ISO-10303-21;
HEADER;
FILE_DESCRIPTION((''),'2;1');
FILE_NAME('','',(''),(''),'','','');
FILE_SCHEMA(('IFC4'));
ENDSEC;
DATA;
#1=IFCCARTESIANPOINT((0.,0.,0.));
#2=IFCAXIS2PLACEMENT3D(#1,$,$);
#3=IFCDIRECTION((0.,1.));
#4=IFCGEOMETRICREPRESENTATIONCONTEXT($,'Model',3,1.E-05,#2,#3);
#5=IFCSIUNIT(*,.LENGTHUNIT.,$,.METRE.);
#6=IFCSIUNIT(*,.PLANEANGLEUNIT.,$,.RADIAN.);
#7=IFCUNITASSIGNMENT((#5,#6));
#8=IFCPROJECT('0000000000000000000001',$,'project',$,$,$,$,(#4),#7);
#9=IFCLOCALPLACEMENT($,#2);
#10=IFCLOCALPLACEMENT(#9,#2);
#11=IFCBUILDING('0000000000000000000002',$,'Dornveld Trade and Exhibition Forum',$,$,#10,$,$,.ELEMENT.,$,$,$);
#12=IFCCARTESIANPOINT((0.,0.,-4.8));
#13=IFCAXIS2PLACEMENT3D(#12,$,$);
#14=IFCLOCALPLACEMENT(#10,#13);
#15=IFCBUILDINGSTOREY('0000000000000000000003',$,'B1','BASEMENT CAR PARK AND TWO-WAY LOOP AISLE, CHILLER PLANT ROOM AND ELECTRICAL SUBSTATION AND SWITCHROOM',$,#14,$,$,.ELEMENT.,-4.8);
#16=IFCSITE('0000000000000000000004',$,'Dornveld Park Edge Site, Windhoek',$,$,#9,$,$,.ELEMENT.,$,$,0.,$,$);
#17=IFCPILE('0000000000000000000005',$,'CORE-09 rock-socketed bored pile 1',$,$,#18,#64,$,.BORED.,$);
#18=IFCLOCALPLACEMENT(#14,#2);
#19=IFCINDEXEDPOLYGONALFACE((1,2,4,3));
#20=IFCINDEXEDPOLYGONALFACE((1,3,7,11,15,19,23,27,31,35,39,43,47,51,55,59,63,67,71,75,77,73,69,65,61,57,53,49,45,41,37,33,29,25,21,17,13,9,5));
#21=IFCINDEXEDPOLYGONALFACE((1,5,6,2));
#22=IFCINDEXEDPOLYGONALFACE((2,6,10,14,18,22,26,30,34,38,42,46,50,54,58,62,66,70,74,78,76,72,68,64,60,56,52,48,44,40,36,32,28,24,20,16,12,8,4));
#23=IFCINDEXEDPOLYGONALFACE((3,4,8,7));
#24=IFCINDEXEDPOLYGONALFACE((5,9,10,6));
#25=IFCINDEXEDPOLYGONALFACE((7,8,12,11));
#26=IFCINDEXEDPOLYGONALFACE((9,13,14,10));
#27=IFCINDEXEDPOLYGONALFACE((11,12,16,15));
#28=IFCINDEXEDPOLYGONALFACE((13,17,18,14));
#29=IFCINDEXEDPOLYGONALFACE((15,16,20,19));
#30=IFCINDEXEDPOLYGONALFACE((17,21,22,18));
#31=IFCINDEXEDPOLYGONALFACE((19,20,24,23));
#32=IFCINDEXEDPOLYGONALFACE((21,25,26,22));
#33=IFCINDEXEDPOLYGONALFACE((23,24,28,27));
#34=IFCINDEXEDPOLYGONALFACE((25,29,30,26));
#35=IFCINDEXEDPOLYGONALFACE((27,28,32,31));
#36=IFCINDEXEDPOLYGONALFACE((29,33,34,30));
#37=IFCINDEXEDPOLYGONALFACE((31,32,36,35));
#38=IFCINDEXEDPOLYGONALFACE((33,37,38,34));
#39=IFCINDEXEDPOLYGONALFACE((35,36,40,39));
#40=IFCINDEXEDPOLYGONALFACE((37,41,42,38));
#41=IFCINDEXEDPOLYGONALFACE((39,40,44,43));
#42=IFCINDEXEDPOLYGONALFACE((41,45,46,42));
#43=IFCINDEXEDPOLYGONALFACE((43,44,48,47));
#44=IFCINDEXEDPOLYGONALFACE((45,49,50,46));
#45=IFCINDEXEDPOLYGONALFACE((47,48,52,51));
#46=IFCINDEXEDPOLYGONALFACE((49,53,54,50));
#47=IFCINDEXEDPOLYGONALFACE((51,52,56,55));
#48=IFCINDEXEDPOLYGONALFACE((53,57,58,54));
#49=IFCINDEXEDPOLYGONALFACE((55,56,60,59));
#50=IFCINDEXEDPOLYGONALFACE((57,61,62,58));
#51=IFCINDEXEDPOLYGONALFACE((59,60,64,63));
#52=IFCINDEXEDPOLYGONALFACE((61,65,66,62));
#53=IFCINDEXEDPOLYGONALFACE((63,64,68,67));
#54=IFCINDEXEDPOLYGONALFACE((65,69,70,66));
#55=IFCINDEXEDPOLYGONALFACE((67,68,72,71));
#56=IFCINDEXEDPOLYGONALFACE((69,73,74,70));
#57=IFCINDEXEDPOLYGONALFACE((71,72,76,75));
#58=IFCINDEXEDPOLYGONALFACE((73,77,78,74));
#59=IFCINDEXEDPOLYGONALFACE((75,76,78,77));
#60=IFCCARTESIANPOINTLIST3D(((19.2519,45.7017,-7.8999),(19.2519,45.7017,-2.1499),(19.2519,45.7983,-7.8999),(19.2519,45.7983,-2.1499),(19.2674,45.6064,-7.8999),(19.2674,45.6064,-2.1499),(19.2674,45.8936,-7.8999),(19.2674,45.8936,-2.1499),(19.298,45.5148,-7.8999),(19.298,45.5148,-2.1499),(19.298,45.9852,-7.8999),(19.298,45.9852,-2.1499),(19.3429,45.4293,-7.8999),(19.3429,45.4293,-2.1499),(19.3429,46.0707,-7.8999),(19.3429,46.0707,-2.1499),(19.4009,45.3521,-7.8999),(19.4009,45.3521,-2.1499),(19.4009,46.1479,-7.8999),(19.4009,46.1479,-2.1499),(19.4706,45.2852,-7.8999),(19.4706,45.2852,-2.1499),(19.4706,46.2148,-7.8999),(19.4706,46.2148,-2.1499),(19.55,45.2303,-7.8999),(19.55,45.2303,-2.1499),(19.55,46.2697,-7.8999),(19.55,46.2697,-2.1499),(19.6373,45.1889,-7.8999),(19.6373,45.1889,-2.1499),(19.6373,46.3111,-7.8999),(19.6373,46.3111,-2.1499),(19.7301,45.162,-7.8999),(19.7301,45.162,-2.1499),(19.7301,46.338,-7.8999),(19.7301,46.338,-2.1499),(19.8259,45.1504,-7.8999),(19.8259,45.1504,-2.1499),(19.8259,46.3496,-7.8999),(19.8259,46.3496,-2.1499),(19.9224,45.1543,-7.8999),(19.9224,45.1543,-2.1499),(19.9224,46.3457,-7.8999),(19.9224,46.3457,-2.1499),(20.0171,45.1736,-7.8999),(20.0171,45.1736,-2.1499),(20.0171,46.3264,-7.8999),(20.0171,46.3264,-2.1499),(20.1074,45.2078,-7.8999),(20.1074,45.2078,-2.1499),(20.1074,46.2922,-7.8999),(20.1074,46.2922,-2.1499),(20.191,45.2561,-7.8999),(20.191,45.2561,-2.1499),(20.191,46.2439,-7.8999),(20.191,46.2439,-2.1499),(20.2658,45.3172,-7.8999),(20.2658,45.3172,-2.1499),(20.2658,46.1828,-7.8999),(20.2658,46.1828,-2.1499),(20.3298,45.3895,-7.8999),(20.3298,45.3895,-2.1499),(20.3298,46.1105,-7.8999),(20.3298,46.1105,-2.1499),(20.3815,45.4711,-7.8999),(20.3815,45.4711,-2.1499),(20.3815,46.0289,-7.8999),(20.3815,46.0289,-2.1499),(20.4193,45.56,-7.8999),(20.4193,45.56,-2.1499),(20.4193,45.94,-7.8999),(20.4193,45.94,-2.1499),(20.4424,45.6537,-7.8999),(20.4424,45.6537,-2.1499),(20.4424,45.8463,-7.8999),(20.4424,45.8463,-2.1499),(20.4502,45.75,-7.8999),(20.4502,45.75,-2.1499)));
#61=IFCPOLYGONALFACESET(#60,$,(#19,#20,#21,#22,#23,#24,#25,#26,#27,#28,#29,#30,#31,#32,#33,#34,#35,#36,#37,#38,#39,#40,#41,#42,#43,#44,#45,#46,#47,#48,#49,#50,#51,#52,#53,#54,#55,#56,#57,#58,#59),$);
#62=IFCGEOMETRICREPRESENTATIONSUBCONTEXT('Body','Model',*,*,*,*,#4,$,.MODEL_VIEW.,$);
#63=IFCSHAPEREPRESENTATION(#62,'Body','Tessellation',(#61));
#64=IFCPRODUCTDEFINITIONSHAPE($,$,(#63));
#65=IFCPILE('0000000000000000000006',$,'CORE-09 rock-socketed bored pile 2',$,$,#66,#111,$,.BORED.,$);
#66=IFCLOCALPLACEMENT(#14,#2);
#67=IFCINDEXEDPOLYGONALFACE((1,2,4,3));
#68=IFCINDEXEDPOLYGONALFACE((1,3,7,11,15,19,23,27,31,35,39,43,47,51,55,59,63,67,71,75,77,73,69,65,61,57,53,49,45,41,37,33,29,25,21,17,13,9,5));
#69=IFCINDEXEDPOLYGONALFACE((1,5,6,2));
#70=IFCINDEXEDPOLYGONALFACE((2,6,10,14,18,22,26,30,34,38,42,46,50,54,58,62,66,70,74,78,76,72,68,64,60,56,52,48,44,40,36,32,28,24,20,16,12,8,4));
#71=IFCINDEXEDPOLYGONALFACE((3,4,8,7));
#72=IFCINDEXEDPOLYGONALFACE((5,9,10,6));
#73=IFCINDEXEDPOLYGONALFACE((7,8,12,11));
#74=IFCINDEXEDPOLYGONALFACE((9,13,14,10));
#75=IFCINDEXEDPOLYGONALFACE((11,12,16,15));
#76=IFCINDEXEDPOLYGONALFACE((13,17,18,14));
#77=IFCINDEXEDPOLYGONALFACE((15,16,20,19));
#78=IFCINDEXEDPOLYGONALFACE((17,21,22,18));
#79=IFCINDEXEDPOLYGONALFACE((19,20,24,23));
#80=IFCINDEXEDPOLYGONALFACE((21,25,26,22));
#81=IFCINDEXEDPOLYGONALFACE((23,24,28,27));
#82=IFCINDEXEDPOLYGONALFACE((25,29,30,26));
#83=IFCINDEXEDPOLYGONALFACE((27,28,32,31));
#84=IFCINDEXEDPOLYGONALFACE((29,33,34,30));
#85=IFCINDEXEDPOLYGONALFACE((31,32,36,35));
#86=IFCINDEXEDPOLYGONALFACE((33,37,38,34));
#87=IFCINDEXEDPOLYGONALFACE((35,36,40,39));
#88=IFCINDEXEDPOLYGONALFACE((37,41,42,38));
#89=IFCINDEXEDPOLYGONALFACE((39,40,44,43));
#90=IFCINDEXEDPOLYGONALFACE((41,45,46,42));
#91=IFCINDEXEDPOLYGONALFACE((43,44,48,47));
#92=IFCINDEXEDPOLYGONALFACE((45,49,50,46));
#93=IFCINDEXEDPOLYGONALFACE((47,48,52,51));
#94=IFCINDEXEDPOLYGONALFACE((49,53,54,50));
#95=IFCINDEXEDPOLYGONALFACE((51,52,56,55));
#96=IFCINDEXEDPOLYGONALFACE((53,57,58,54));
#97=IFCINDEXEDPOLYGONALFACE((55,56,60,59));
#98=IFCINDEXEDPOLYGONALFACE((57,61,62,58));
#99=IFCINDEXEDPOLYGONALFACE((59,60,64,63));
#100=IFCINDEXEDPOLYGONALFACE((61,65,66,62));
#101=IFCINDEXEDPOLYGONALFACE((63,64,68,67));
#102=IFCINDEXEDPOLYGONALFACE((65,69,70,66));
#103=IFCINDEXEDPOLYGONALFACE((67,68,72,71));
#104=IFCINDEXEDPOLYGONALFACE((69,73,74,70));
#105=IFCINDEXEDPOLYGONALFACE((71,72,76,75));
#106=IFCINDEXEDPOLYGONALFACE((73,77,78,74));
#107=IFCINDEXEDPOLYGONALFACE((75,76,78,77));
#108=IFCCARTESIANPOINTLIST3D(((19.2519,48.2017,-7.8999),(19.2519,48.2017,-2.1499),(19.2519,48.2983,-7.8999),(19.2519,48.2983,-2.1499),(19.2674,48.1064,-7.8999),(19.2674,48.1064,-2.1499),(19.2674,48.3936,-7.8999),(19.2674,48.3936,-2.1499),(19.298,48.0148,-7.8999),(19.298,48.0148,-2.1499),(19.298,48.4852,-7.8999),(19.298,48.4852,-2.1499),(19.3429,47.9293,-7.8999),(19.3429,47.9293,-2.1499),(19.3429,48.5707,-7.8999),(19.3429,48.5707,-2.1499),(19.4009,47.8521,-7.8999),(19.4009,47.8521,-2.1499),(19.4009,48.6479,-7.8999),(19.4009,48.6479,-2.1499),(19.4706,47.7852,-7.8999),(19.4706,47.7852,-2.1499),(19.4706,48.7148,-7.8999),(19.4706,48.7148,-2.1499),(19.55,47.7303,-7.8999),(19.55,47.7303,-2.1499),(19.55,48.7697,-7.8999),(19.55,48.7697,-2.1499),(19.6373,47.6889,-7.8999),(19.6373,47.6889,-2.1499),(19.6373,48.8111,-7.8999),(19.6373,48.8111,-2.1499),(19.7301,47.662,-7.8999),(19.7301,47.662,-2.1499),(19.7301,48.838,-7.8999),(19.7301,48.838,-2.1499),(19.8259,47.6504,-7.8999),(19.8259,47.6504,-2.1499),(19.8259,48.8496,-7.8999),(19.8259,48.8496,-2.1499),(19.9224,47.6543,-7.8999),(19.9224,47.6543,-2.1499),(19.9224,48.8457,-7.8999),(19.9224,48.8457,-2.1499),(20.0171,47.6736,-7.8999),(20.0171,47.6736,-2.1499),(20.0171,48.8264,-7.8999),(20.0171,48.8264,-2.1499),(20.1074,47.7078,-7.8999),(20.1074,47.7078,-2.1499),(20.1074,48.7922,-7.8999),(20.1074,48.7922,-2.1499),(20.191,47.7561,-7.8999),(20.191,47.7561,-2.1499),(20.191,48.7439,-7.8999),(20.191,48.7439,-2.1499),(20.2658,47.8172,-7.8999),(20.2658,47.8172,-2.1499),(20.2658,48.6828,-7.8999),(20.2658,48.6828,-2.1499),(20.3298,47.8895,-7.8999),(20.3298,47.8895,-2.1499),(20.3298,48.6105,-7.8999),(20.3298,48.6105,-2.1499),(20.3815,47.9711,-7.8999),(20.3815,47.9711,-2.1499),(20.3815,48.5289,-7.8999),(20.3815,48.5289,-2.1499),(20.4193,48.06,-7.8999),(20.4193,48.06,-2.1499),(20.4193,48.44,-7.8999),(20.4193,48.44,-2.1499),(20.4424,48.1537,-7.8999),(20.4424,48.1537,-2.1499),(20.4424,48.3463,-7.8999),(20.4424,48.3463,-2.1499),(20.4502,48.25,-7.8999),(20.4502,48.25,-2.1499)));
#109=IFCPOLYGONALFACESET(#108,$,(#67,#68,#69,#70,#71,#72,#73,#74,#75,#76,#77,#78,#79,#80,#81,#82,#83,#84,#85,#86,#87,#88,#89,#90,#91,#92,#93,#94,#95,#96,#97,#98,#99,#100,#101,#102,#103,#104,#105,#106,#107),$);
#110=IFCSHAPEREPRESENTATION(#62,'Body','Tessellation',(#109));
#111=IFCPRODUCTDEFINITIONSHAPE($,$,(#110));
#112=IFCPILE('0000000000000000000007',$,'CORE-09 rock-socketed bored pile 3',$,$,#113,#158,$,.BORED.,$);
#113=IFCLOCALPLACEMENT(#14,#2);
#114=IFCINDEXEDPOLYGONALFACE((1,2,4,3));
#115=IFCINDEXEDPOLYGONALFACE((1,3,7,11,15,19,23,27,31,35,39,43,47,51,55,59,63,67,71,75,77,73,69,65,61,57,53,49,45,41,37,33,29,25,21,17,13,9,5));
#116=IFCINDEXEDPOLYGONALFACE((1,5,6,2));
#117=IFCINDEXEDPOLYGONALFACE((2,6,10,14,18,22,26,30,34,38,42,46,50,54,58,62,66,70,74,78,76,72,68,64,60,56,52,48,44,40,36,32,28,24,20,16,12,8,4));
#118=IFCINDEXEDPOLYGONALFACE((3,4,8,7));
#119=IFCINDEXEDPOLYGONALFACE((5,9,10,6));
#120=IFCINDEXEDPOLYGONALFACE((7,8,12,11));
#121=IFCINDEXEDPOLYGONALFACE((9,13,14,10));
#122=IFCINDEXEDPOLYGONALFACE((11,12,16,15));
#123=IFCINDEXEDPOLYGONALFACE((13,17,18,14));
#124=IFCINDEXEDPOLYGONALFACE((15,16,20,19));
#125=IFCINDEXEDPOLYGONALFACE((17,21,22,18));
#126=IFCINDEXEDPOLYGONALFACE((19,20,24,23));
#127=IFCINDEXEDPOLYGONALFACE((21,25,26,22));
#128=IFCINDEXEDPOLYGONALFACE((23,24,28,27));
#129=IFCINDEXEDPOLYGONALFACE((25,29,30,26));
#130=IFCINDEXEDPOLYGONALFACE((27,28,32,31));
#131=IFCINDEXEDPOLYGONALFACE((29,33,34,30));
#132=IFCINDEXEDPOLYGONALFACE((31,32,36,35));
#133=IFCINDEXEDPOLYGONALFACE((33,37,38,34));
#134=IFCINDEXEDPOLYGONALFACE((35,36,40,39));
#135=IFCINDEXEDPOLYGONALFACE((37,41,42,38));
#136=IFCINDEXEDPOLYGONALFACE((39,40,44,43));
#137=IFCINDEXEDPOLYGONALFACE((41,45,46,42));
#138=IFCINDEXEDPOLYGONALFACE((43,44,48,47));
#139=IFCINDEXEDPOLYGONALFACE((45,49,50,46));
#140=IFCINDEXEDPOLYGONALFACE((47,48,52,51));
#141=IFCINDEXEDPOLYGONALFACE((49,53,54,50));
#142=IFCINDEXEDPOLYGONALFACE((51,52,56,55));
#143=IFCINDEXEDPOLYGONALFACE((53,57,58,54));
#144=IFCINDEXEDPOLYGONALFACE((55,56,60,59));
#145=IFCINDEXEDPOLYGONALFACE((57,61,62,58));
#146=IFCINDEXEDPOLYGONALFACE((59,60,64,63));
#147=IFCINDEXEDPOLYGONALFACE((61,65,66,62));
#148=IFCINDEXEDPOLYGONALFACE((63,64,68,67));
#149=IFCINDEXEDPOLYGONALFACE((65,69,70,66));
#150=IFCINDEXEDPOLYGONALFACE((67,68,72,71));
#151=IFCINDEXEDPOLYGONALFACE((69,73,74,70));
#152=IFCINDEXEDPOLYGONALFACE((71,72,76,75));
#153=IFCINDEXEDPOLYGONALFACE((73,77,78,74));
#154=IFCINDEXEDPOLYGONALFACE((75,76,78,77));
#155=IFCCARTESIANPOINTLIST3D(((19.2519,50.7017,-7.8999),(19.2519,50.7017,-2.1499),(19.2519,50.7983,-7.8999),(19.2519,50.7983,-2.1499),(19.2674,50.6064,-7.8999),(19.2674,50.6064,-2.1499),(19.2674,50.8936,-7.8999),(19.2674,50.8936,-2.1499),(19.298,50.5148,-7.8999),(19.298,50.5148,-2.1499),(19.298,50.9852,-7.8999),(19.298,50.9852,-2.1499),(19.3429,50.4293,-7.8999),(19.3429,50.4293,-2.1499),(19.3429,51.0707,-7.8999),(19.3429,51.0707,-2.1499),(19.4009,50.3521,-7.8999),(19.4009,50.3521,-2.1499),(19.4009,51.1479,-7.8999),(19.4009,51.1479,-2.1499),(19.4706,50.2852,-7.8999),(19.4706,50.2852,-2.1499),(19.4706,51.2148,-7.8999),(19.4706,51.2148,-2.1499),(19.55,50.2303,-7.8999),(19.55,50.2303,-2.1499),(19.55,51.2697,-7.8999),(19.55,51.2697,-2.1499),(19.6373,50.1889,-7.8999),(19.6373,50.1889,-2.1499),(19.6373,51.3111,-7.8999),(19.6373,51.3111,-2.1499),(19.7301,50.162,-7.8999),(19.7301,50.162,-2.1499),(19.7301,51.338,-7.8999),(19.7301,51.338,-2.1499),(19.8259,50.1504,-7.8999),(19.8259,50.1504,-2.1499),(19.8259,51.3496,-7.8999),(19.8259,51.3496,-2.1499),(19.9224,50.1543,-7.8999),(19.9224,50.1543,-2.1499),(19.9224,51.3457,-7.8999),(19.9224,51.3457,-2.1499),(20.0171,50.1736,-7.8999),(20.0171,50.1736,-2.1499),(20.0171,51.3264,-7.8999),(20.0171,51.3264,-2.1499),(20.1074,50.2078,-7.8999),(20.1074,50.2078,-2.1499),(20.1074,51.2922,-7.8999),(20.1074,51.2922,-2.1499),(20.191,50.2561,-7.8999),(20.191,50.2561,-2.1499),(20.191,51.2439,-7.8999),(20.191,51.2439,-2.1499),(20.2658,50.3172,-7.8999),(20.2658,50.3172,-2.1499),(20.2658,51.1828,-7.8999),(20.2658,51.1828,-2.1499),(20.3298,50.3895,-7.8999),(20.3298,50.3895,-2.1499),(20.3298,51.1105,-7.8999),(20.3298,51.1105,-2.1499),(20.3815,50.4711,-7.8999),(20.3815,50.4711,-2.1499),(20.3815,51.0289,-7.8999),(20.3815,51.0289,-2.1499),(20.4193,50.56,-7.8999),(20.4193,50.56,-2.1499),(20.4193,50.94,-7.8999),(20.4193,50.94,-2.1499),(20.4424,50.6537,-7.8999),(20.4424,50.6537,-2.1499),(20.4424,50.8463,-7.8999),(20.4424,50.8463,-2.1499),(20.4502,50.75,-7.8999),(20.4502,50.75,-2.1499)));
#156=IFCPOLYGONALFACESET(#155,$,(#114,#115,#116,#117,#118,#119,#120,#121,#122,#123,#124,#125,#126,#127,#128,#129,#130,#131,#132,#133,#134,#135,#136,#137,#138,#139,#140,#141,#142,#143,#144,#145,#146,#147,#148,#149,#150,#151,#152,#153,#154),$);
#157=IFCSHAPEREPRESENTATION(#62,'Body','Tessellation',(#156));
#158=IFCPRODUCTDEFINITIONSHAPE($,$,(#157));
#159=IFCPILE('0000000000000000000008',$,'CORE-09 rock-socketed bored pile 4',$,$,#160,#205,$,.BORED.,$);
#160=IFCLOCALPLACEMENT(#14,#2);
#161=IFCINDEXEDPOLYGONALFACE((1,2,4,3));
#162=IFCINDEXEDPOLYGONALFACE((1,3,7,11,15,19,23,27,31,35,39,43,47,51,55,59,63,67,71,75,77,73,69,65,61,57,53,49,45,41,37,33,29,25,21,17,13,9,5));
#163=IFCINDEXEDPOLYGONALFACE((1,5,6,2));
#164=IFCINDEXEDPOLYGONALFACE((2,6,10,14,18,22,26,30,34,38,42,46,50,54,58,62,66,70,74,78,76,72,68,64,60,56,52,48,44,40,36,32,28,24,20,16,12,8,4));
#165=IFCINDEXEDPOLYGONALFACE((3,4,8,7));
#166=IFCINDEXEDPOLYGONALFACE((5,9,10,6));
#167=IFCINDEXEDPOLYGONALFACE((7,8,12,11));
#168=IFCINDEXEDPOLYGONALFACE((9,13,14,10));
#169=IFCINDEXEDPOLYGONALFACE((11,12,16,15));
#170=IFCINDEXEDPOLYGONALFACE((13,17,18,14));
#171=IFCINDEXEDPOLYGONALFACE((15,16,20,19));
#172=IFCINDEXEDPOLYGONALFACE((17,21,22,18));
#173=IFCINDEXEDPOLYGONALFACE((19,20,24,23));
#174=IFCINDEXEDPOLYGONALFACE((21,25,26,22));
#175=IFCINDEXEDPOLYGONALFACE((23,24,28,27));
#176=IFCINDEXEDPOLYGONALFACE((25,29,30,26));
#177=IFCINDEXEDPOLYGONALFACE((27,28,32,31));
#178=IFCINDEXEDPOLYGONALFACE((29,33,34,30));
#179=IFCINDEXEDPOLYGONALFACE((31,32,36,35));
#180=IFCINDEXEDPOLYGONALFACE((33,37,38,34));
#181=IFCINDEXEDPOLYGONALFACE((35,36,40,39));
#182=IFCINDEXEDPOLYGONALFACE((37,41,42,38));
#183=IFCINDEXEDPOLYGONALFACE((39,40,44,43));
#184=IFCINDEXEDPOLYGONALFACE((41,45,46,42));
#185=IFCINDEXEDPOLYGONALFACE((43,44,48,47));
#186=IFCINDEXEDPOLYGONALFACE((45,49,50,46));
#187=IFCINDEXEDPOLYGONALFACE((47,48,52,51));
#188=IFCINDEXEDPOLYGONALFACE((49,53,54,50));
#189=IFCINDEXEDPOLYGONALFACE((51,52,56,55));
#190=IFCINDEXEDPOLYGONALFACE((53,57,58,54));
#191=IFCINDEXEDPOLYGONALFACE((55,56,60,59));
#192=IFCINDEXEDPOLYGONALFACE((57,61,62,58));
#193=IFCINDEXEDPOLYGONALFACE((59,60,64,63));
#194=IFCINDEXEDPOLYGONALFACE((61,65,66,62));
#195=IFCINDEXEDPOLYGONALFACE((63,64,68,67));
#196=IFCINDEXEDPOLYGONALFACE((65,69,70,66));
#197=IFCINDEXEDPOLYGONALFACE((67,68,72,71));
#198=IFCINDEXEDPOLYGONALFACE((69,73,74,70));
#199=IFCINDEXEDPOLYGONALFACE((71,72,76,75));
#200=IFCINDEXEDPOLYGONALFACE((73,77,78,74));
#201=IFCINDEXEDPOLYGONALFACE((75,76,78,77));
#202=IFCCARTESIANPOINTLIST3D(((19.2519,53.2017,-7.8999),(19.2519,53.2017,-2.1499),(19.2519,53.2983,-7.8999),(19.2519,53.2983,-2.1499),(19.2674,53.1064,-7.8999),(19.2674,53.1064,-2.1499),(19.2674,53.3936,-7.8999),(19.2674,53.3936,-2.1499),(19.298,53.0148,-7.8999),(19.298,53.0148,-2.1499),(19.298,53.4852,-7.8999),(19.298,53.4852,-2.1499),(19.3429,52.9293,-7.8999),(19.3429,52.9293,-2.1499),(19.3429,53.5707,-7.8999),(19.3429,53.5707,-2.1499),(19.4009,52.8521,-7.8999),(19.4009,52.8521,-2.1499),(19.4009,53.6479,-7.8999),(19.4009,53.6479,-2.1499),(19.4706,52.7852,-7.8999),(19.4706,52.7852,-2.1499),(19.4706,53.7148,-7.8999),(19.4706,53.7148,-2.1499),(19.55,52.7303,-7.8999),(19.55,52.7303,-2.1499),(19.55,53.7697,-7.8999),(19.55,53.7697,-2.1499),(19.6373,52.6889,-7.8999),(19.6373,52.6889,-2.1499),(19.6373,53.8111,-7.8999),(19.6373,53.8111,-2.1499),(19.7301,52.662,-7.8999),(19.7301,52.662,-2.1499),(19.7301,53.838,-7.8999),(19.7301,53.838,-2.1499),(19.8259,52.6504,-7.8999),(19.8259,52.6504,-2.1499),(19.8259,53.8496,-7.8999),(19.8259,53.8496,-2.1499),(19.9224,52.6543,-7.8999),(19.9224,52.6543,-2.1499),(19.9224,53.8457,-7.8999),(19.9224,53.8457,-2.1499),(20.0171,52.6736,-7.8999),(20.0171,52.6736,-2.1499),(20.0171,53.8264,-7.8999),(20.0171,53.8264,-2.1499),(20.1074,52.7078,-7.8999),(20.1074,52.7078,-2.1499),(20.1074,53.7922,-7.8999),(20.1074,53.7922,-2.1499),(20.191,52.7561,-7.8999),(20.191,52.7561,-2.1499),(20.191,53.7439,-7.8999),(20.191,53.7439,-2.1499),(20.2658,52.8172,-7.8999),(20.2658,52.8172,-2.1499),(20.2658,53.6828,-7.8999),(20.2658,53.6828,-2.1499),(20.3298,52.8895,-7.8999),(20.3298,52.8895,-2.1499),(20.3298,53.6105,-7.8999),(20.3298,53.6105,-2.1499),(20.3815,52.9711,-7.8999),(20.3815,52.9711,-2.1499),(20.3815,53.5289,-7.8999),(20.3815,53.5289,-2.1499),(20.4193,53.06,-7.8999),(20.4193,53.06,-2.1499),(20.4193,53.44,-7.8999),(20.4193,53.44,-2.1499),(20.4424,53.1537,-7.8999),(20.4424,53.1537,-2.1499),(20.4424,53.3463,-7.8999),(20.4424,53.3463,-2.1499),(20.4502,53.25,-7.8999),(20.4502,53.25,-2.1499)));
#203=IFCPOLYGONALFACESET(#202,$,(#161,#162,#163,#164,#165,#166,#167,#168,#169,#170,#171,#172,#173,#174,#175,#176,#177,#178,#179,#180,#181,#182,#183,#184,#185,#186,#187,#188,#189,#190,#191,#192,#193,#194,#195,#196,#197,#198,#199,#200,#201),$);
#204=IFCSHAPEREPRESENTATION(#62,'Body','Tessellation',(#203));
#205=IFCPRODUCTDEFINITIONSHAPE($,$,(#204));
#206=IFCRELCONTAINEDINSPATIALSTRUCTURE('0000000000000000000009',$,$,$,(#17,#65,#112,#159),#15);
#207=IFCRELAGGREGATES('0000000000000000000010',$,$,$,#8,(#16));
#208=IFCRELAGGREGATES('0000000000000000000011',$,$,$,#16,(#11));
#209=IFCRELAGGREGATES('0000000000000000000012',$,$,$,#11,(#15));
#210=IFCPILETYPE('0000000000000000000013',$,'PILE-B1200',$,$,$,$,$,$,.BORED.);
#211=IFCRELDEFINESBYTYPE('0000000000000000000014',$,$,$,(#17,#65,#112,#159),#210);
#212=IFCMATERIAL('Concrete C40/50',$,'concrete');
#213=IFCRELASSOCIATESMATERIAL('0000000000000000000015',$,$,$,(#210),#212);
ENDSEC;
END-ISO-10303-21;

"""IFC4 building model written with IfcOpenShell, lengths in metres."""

from ifc_helpers import new_model, si_unit, direction, frame, origin, origin_2d, place, context, subcontext, project, spatial, circle, extrude, material, material_profile, profile_set, type_object, element, save


model = new_model("IFC4")

# Units and contexts
model_context = context("Model", 3, precision=1e-05, world=origin(), true_north=direction((0.0, 1.0)))
body_context = subcontext(model_context, "Body", "Model", "MODEL_VIEW")
ifc_project = project(units=[si_unit("LENGTHUNIT", "METRE"), si_unit("PLANEANGLEUNIT", "RADIAN")], contexts=[model_context])

# Site, building, storey
site_placement = place(None, origin())
site = spatial("IfcSite", under=ifc_project, at=site_placement, Name="Dornveld Park Edge Site, Windhoek", CompositionType="ELEMENT", RefElevation=0.0)
building_placement = place(site_placement, origin())
building = spatial("IfcBuilding", under=site, at=building_placement, Name="Dornveld Trade and Exhibition Forum", CompositionType="ELEMENT")
storey_placement = place(building_placement, frame((0.0, 0.0, -4.8)))
storey = spatial("IfcBuildingStorey", under=building, at=storey_placement, Name="B1", Description="BASEMENT CAR PARK AND TWO-WAY LOOP AISLE, CHILLER PLANT ROOM AND ELECTRICAL SUBSTATION AND SWITCHROOM", CompositionType="ELEMENT", Elevation=-4.8)

# Piles
ifc_material_1 = material(Name="Concrete C40/50", Category="concrete")
ifc_material_profile_1 = material_profile(ifc_material_1, circle(Radius=0.6001, at=origin_2d()), Name="PILE D1200")
ifc_profile_set_1 = profile_set([ifc_material_profile_1], Name="Concrete C40/50")
pile_type_1 = type_object("IfcPileType", Name="PILE-B1200", PredefinedType="BORED", material=ifc_profile_set_1)
for number, where, z_axis, x_axis, name in (
    (1, (19.8501, 45.75, -2.1499), (0.0, 0.0, -1.0), (1.0, 0.0, 0.0), "CORE-09 rock-socketed bored pile 1"),
    (2, (19.8501, 48.25, -2.1499), (0.0, 0.0, -1.0), (1.0, 0.0, 0.0), "CORE-09 rock-socketed bored pile 2"),
    (3, (19.8501, 50.75, -2.1499), (0.0, 0.0, -1.0), (1.0, 0.0, 0.0), "CORE-09 rock-socketed bored pile 3"),
    (4, (19.8501, 53.25, -2.1499), (0.0, 0.0, -1.0), (1.0, 0.0, 0.0), "CORE-09 rock-socketed bored pile 4"),
):
    element("IfcPile", number, at=place(storey_placement, frame(where, z_axis=z_axis, x_axis=x_axis)), inside=storey, type_object=pile_type_1, Name=name, PredefinedType="BORED", context=body_context, shape_type="SweptSolid", body=[
        extrude(circle(Radius=0.6001, at=origin_2d()), origin(), (0.0, 0.0, 1.0), 5.75),
    ])

save(model, "model.ifc")
